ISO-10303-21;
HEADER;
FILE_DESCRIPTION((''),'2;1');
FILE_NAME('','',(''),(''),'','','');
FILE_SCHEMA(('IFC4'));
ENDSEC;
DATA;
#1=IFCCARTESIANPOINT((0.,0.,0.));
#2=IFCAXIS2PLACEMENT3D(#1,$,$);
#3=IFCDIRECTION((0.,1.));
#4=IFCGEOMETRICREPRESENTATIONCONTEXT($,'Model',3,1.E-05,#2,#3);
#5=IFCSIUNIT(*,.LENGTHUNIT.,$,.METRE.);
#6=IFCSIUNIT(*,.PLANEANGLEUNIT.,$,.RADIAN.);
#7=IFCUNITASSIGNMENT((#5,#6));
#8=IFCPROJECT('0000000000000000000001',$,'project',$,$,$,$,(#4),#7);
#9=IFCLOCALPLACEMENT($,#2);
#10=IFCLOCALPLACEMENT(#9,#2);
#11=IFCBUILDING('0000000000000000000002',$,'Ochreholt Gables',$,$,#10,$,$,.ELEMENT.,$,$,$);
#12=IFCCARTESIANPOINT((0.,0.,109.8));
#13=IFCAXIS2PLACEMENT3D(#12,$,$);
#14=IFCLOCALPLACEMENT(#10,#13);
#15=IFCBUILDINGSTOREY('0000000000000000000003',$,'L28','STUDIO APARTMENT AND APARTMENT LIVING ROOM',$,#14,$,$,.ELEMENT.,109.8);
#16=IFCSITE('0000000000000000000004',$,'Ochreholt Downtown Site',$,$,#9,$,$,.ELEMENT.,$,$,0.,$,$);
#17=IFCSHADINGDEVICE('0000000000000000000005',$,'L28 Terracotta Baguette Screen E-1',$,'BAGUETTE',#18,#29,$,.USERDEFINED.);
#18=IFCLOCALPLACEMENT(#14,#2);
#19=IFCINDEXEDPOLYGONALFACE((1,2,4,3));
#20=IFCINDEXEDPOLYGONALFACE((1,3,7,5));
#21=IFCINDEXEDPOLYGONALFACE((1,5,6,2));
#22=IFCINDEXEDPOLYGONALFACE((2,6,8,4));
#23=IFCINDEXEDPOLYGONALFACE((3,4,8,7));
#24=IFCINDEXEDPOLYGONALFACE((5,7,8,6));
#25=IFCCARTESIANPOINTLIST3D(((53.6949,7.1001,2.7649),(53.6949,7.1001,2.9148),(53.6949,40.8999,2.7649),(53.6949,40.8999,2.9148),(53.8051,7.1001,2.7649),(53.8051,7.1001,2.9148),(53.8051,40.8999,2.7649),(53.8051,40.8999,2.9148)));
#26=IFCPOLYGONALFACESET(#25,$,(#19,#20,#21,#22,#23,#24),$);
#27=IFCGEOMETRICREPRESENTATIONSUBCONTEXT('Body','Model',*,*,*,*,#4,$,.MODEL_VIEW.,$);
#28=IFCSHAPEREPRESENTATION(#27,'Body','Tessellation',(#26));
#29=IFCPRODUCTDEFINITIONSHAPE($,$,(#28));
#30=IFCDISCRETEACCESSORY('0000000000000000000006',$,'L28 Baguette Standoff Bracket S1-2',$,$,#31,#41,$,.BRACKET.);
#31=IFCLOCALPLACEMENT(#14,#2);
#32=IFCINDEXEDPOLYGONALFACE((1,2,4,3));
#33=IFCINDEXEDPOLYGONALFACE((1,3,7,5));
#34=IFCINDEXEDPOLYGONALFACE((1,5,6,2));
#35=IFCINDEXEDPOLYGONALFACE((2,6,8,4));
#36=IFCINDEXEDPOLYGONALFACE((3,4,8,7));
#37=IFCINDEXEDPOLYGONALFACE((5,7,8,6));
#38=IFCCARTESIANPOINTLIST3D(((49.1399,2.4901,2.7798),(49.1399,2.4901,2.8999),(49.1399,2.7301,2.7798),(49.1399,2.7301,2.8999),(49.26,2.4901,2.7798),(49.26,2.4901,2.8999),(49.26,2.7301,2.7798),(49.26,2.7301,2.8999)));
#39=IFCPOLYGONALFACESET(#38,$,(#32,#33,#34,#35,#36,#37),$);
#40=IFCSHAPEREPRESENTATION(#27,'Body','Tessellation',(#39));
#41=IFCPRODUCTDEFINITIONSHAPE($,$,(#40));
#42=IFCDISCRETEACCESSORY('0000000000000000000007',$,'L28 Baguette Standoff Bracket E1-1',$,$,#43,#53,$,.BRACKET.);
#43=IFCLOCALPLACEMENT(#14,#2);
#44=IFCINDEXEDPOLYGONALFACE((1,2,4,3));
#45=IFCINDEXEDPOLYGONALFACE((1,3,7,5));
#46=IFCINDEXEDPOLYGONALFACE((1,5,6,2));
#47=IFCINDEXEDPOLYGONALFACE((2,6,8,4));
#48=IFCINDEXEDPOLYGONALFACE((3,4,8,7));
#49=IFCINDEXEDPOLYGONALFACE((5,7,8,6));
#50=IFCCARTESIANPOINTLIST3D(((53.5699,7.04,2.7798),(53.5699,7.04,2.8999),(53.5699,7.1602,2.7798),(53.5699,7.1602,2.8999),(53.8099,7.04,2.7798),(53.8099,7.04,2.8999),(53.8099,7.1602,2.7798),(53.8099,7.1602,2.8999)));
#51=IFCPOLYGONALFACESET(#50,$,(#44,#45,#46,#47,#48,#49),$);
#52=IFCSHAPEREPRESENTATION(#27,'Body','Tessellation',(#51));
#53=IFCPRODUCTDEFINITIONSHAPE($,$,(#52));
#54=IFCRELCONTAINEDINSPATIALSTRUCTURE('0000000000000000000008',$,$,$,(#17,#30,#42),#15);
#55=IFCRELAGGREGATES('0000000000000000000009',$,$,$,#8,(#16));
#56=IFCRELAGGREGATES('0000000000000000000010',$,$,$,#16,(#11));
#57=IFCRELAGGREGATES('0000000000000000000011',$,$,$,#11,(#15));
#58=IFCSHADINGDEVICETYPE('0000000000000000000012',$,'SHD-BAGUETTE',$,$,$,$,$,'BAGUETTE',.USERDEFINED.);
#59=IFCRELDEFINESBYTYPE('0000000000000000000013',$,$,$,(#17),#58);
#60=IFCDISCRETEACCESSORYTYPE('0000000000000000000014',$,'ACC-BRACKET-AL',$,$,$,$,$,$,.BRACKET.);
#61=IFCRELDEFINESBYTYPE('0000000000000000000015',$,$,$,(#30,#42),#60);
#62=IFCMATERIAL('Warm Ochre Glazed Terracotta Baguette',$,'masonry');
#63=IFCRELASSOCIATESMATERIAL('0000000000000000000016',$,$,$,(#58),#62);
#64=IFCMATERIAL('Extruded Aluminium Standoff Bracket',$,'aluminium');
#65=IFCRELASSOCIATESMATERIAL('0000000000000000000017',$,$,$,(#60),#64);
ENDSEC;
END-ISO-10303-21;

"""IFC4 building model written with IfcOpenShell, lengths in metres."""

from ifc_helpers import new_model, si_unit, direction, frame, origin, origin_2d, place, context, subcontext, project, spatial, rectangle, extrude, material, material_profile, profile_set, type_object, element, save


model = new_model("IFC4")

# Units and contexts
model_context = context("Model", 3, precision=1e-05, world=origin(), true_north=direction((0.0, 1.0)))
body_context = subcontext(model_context, "Body", "Model", "MODEL_VIEW")
ifc_project = project(units=[si_unit("LENGTHUNIT", "METRE"), si_unit("PLANEANGLEUNIT", "RADIAN")], contexts=[model_context])

# Site, building, storey
site_placement = place(None, origin())
site = spatial("IfcSite", under=ifc_project, at=site_placement, Name="Ochreholt Downtown Site", CompositionType="ELEMENT", RefElevation=0.0)
building_placement = place(site_placement, origin())
building = spatial("IfcBuilding", under=site, at=building_placement, Name="Ochreholt Gables", CompositionType="ELEMENT")
storey_placement = place(building_placement, frame((0.0, 0.0, 109.8)))
storey = spatial("IfcBuildingStorey", under=building, at=storey_placement, Name="L28", Description="STUDIO APARTMENT AND APARTMENT LIVING ROOM", CompositionType="ELEMENT", Elevation=109.8)

# Shading device
ifc_material_1 = material(Name="Warm Ochre Glazed Terracotta Baguette", Category="masonry")
ifc_material_profile_1 = material_profile(ifc_material_1, rectangle(XDim=0.1101, YDim=0.1499, at=origin_2d()), Name="TCBAG110X150")
ifc_profile_set_1 = profile_set([ifc_material_profile_1], Name="Warm Ochre Glazed Terracotta Baguette")
shading_device_type = type_object("IfcShadingDeviceType", Name="SHD-BAGUETTE", ElementType="BAGUETTE", PredefinedType="USERDEFINED", material=ifc_profile_set_1)
shading_device_placement = place(storey_placement, frame((53.75, 7.1001, 2.8398), z_axis=(0.0, 1.0, 0.0), x_axis=(-1.0, 0.0, 0.0)))
element("IfcShadingDevice", 1, at=shading_device_placement, inside=storey, type_object=shading_device_type, Name="L28 Terracotta Baguette Screen E-1", ObjectType="BAGUETTE", PredefinedType="USERDEFINED", context=body_context, shape_type="SweptSolid", body=[
    extrude(rectangle(XDim=0.1101, YDim=0.1499, at=origin_2d()), origin(), (0.0, 0.0, 1.0), 33.7998),
])

# Discrete accessories
ifc_material_2 = material(Name="Extruded Aluminium Standoff Bracket", Category="aluminium")
discrete_accessory_type = type_object("IfcDiscreteAccessoryType", Name="ACC-BRACKET-AL", PredefinedType="BRACKET", material=ifc_material_2)
for number, where, z_axis, x_axis, name in (
    (2, (49.2, 2.6101, 2.7798), (0.0, 0.0, 1.0), (1.0, 0.0, 0.0), "L28 Baguette Standoff Bracket S1-2"),
    (3, (53.6899, 7.1001, 2.7798), (0.0, 0.0, 1.0), (0.0, 1.0, 0.0), "L28 Baguette Standoff Bracket E1-1"),
):
    element("IfcDiscreteAccessory", number, at=place(storey_placement, frame(where, z_axis=z_axis, x_axis=x_axis)), inside=storey, type_object=discrete_accessory_type, Name=name, PredefinedType="BRACKET", context=body_context, shape_type="SweptSolid", body=[
        extrude(rectangle(XDim=0.1201, YDim=0.24, at=origin_2d()), origin(), (0.0, 0.0, 1.0), 0.1201),
    ])

save(model, "model.ifc")
